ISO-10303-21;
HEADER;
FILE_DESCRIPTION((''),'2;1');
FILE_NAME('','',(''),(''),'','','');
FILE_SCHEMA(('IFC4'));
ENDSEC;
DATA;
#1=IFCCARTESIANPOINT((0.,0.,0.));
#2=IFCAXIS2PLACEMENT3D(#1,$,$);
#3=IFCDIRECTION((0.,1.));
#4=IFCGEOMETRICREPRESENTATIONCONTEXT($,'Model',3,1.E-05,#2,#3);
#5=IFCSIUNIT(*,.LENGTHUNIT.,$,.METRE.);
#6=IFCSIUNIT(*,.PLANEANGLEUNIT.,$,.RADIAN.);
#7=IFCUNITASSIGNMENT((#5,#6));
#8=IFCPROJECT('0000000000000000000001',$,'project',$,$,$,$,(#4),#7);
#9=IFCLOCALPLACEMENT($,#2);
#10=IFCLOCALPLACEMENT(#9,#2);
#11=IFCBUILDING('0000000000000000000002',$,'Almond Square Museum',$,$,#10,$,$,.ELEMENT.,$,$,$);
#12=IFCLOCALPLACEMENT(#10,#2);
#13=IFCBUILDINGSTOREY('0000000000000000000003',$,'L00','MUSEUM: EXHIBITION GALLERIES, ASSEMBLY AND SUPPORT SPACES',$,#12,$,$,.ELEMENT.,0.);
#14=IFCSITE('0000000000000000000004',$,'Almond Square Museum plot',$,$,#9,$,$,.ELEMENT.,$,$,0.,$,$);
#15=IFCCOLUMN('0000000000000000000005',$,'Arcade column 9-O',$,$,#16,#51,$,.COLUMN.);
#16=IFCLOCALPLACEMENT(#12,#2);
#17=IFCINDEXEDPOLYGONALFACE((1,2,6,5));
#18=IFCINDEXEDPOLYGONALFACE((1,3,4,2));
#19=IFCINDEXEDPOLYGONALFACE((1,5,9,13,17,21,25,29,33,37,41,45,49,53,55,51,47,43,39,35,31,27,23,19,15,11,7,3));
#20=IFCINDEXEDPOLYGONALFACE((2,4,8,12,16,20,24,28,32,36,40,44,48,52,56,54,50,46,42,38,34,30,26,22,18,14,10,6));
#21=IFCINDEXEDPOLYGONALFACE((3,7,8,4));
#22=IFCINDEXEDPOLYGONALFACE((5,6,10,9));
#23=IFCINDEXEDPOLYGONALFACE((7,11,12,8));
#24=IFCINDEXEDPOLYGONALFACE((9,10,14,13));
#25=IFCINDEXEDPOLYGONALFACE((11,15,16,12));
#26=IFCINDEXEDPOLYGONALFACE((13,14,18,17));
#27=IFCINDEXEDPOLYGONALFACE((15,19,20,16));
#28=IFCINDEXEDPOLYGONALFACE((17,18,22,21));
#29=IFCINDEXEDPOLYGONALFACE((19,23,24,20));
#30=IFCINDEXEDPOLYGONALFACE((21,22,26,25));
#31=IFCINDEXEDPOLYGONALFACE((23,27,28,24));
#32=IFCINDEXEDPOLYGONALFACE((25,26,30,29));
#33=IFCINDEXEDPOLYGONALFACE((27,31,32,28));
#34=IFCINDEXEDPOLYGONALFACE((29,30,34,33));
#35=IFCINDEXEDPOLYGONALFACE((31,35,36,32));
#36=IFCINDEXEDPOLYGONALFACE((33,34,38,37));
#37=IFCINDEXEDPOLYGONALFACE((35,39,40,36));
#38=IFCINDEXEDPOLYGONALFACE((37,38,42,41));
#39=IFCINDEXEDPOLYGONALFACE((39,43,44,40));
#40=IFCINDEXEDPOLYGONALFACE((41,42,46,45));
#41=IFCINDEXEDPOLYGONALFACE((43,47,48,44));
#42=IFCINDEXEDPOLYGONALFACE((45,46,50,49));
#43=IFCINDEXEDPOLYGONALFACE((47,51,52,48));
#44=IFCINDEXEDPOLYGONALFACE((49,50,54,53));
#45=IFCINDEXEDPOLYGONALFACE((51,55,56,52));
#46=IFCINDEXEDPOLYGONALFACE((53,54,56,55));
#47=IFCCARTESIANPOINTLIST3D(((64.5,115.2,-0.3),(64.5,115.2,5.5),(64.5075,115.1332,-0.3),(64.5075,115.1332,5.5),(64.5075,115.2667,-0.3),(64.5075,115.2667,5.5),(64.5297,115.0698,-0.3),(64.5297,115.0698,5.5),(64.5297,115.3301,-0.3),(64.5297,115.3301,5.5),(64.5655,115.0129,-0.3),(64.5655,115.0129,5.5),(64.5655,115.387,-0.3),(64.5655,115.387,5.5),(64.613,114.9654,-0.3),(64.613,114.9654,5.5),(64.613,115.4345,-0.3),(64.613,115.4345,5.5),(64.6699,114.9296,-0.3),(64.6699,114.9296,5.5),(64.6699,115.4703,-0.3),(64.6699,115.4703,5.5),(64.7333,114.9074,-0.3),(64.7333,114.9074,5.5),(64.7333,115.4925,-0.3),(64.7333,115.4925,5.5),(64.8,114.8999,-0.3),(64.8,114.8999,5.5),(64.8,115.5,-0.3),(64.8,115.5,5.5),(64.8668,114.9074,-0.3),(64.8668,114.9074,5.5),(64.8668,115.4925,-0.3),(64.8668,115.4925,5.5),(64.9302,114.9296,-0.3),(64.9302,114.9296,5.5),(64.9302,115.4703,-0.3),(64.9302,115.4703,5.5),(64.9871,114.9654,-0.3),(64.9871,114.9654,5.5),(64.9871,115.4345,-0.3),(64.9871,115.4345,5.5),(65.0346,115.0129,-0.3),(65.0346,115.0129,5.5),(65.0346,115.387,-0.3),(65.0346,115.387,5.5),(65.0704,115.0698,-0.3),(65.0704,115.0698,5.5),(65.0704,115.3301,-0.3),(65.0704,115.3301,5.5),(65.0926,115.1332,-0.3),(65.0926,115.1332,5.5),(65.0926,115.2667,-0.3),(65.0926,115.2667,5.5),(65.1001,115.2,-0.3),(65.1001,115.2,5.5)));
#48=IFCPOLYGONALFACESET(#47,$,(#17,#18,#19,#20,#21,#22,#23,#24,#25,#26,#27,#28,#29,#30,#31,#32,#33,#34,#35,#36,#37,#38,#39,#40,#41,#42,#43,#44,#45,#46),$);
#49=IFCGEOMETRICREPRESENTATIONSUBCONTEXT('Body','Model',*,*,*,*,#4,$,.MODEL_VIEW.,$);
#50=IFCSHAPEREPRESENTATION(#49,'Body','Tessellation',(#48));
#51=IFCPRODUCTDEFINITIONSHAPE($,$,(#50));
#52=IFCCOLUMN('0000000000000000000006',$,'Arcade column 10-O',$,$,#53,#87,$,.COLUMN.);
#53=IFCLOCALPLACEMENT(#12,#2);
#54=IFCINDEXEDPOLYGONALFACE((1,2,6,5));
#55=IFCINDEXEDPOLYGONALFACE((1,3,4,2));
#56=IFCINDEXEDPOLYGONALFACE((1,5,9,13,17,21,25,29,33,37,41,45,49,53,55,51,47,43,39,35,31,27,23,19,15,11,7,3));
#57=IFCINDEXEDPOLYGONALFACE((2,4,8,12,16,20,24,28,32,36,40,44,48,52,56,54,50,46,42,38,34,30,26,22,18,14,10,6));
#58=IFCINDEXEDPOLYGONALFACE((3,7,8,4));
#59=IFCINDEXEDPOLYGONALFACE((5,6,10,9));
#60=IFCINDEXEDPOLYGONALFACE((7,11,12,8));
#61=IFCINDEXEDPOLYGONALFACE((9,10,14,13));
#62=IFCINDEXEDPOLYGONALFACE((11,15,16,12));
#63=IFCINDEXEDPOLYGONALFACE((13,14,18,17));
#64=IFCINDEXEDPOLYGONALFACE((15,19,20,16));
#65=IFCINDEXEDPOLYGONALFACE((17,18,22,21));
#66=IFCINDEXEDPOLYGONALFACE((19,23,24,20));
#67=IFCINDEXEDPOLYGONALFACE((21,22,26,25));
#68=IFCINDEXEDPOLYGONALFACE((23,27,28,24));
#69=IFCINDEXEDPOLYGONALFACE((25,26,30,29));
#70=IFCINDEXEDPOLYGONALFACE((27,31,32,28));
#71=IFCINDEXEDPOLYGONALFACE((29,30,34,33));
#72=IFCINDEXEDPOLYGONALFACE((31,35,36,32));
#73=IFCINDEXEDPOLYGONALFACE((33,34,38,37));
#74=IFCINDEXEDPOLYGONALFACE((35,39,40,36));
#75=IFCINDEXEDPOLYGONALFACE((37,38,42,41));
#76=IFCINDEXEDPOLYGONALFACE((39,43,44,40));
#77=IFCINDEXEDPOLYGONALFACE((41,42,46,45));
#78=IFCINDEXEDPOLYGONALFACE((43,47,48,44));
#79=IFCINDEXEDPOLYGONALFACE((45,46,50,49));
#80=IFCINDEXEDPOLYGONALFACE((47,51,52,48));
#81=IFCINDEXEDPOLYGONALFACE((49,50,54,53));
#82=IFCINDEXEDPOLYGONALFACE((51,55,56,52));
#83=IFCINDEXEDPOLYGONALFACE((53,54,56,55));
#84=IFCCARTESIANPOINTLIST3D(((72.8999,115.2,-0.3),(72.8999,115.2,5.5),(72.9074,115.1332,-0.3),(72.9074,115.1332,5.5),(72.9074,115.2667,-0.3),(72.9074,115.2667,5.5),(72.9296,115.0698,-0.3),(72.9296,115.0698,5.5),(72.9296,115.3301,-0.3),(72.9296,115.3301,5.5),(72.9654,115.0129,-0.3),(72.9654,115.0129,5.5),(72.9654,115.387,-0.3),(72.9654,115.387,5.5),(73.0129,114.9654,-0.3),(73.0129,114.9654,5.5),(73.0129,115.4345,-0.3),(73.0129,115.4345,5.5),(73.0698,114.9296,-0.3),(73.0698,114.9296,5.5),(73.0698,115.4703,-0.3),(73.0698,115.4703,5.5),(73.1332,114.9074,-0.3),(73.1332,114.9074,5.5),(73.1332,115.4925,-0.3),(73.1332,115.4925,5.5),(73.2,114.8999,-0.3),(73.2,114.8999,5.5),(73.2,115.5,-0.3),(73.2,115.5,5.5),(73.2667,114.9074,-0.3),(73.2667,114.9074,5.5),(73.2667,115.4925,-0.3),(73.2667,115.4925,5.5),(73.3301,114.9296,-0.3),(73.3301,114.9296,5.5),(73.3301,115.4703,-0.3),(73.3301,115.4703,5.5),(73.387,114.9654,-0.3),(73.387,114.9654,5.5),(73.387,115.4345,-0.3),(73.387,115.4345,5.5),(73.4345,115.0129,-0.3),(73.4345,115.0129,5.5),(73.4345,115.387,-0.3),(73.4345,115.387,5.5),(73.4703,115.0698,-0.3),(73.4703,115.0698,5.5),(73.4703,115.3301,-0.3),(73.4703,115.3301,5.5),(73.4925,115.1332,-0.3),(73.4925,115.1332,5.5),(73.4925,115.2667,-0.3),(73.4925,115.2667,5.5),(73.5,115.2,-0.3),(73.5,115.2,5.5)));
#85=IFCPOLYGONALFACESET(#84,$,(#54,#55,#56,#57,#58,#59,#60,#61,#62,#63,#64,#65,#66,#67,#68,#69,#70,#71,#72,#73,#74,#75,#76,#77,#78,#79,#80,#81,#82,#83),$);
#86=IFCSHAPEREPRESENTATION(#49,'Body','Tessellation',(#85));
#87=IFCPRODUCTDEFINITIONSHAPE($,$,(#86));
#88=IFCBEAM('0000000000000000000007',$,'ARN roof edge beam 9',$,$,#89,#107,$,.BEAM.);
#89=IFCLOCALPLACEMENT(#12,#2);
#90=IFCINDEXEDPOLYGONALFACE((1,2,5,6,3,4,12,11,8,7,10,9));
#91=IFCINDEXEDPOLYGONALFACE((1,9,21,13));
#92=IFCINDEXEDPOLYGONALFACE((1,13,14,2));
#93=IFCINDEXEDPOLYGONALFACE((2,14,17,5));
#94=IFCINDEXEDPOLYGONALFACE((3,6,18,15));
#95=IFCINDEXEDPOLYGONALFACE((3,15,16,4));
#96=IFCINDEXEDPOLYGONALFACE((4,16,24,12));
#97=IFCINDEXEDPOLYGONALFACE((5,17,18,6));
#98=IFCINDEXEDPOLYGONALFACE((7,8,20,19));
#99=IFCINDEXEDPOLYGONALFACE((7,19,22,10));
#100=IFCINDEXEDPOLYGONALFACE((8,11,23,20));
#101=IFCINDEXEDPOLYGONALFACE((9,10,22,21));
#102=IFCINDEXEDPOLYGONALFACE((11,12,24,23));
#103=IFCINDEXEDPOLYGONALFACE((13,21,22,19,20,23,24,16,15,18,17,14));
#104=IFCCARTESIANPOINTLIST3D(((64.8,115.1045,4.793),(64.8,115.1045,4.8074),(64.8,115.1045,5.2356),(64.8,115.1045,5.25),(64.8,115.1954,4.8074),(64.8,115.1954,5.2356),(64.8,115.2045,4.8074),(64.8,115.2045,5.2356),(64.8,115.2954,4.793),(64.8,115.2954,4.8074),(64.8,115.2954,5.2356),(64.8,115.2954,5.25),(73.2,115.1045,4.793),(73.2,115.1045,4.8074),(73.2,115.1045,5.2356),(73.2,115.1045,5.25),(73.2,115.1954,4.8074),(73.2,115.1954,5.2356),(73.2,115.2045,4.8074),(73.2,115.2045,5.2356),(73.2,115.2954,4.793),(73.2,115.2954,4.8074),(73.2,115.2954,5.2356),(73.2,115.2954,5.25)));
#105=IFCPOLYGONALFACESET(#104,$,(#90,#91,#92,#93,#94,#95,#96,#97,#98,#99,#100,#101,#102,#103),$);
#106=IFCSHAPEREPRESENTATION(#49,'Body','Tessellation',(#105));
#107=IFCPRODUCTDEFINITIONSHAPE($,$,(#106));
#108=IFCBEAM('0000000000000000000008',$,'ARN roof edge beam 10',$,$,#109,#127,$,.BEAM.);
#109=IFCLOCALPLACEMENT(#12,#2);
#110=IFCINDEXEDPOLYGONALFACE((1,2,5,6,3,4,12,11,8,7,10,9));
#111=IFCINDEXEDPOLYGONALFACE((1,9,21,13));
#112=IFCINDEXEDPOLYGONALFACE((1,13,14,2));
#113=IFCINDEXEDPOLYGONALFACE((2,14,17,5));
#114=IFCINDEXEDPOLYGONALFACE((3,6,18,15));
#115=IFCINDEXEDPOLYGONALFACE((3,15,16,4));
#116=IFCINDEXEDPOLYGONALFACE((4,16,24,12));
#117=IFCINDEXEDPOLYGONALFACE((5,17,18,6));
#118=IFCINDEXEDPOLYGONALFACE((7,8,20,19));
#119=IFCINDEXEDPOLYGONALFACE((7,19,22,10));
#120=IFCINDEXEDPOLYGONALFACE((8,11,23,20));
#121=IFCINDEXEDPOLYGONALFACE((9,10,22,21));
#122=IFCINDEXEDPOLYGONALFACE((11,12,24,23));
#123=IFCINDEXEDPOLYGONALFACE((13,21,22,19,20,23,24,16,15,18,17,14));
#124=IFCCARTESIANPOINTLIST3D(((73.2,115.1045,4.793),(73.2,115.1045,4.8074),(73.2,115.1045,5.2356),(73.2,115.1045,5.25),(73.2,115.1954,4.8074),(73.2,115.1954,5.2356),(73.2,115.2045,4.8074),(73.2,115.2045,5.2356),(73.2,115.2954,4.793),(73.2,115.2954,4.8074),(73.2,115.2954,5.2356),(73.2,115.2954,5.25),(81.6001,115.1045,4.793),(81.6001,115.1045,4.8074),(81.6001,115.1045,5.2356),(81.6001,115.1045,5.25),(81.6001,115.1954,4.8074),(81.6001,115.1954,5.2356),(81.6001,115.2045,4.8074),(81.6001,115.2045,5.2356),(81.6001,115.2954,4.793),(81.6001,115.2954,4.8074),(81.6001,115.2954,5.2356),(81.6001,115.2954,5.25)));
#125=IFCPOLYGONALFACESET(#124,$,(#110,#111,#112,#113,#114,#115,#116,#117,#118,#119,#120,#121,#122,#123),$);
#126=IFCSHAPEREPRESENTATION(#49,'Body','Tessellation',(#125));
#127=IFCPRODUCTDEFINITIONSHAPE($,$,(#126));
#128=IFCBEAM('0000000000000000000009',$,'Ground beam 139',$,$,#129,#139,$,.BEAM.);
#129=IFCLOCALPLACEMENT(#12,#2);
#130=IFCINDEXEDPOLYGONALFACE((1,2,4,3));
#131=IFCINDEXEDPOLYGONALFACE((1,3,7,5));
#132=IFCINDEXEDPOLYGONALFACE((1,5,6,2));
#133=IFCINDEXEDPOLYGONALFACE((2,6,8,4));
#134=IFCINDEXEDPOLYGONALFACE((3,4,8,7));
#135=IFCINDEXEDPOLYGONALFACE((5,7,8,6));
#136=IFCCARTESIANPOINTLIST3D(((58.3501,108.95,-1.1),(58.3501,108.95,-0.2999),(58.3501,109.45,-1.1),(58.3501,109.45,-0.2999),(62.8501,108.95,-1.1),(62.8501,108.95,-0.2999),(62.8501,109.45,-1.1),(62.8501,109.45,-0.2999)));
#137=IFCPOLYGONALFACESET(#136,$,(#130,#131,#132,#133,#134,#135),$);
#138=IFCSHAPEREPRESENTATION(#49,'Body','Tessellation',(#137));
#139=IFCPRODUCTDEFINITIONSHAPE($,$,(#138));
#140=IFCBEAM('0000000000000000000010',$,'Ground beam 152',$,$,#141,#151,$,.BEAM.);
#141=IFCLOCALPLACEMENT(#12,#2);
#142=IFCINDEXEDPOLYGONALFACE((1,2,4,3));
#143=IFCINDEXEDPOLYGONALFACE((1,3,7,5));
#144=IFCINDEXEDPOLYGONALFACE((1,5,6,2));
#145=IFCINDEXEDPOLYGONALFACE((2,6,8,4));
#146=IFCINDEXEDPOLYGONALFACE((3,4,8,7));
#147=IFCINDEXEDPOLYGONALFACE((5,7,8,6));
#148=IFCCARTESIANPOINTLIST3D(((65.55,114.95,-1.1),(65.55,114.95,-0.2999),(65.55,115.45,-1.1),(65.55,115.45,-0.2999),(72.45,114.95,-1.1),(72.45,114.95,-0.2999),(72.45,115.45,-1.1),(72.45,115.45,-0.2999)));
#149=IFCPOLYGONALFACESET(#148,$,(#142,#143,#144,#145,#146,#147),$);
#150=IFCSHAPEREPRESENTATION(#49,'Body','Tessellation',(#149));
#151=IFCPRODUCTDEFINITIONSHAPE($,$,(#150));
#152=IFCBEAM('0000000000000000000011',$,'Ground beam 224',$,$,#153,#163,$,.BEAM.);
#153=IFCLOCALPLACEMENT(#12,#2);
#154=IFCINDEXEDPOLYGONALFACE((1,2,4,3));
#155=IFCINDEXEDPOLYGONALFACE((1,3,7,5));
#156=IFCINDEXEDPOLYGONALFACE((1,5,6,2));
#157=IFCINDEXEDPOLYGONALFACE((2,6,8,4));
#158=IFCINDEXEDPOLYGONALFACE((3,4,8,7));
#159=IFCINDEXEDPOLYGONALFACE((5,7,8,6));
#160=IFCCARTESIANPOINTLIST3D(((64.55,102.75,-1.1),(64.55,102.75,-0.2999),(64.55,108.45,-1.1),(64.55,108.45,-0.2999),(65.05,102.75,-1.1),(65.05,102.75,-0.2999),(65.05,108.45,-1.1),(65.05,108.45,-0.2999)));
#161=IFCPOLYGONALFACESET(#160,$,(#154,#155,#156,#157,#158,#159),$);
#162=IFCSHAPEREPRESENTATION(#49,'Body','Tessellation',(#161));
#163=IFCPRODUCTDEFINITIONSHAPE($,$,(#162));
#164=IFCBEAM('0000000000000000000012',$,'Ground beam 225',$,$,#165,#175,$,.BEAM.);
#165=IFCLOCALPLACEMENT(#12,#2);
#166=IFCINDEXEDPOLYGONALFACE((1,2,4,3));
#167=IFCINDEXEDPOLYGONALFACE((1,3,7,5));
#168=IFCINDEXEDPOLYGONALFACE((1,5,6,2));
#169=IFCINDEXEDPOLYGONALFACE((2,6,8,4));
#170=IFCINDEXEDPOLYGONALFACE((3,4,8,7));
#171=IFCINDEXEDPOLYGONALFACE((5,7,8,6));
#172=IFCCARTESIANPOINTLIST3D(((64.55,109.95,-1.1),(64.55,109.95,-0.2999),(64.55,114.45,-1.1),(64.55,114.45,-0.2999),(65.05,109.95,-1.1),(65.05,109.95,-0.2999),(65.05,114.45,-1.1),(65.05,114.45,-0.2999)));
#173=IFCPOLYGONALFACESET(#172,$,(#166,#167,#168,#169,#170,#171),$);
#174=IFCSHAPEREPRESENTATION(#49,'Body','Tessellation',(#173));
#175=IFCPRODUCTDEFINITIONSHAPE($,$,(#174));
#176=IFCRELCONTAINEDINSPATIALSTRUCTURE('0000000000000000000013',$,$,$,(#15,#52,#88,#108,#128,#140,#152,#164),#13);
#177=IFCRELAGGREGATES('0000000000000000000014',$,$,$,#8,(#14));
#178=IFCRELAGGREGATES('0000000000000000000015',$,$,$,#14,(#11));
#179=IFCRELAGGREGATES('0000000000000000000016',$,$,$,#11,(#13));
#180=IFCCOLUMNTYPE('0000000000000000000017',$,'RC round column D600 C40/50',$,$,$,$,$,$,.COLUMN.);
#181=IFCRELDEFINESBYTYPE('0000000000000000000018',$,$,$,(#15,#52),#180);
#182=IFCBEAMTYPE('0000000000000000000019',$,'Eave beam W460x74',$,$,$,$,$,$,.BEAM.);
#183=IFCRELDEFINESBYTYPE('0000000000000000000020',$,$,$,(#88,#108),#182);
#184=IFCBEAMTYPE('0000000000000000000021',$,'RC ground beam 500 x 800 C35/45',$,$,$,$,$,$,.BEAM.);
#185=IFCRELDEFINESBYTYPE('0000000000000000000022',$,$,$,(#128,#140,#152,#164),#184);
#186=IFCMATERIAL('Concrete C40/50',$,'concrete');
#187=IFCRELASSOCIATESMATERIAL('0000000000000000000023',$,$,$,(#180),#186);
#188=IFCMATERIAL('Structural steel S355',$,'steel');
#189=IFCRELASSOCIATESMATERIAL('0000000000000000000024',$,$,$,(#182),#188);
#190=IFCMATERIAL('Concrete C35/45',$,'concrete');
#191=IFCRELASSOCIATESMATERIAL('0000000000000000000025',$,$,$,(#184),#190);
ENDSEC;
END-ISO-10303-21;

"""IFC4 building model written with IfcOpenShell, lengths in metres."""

from ifc_helpers import new_model, si_unit, direction, frame, origin, origin_2d, place, context, subcontext, project, spatial, rectangle, circle, i_section, extrude, material, material_profile, profile_set, type_object, element, save


model = new_model("IFC4")

# Units and contexts
model_context = context("Model", 3, precision=1e-05, world=origin(), true_north=direction((0.0, 1.0)))
body_context = subcontext(model_context, "Body", "Model", "MODEL_VIEW")
ifc_project = project(units=[si_unit("LENGTHUNIT", "METRE"), si_unit("PLANEANGLEUNIT", "RADIAN")], contexts=[model_context])

# Site, building, storey
site_placement = place(None, origin())
site = spatial("IfcSite", under=ifc_project, at=site_placement, Name="Almond Square Museum plot", CompositionType="ELEMENT", RefElevation=0.0)
building_placement = place(site_placement, origin())
building = spatial("IfcBuilding", under=site, at=building_placement, Name="Almond Square Museum", CompositionType="ELEMENT")
storey_placement = place(building_placement, origin())
storey = spatial("IfcBuildingStorey", under=building, at=storey_placement, Name="L00", Description="MUSEUM: EXHIBITION GALLERIES, ASSEMBLY AND SUPPORT SPACES", CompositionType="ELEMENT", Elevation=0.0)

# Columns
ifc_material_1 = material(Name="Concrete C40/50", Category="concrete")
ifc_material_profile_1 = material_profile(ifc_material_1, circle(Radius=0.3, at=origin_2d()))
ifc_profile_set_1 = profile_set([ifc_material_profile_1], Name="Concrete C40/50")
column_type_1 = type_object("IfcColumnType", Name="RC round column D600 C40/50", PredefinedType="COLUMN", material=ifc_profile_set_1)
for number, where, z_axis, x_axis, name in (
    (1, (64.8, 115.2, -0.3), (0.0, 0.0, 1.0), (1.0, 0.0, 0.0), "Arcade column 9-O"),
    (2, (73.2, 115.2, -0.3), (0.0, 0.0, 1.0), (1.0, 0.0, 0.0), "Arcade column 10-O"),
):
    element("IfcColumn", number, at=place(storey_placement, frame(where, z_axis=z_axis, x_axis=x_axis)), inside=storey, type_object=column_type_1, Name=name, PredefinedType="COLUMN", context=body_context, shape_type="SweptSolid", body=[
        extrude(circle(Radius=0.3, at=origin_2d()), origin(), (0.0, 0.0, 1.0), 5.8),
    ])

# Beams
ifc_material_2 = material(Name="Structural steel S355", Category="steel")
ifc_material_profile_2 = material_profile(ifc_material_2, i_section(OverallWidth=0.1909, OverallDepth=0.457, WebThickness=0.009, FlangeThickness=0.0144, at=origin_2d()))
ifc_profile_set_2 = profile_set([ifc_material_profile_2], Name="Structural steel S355")
beam_type_1 = type_object("IfcBeamType", Name="Eave beam W460x74", PredefinedType="BEAM", material=ifc_profile_set_2)
beam_1_placement = place(storey_placement, frame((64.8, 115.2, 5.0215), z_axis=(1.0, 0.0, 0.0), x_axis=(0.0, 1.0, 0.0)))
element("IfcBeam", 3, at=beam_1_placement, inside=storey, type_object=beam_type_1, Name="ARN roof edge beam 9", PredefinedType="BEAM", context=body_context, shape_type="SweptSolid", body=[
    extrude(i_section(OverallWidth=0.1909, OverallDepth=0.457, WebThickness=0.009, FlangeThickness=0.0144, at=origin_2d()), origin(), (0.0, 0.0, 1.0), 8.3999),
])
beam_2_placement = place(storey_placement, frame((73.2, 115.2, 5.0215), z_axis=(1.0, 0.0, 0.0), x_axis=(0.0, 1.0, 0.0)))
element("IfcBeam", 4, at=beam_2_placement, inside=storey, type_object=beam_type_1, Name="ARN roof edge beam 10", PredefinedType="BEAM", context=body_context, shape_type="SweptSolid", body=[
    extrude(i_section(OverallWidth=0.1909, OverallDepth=0.457, WebThickness=0.009, FlangeThickness=0.0144, at=origin_2d()), origin(), (0.0, 0.0, 1.0), 8.4001),
])
ifc_material_3 = material(Name="Concrete C35/45", Category="concrete")
ifc_material_profile_3 = material_profile(ifc_material_3, rectangle(XDim=0.5, YDim=0.8, at=origin_2d()))
ifc_profile_set_3 = profile_set([ifc_material_profile_3], Name="Concrete C35/45")
beam_type_2 = type_object("IfcBeamType", Name="RC ground beam 500 x 800 C35/45", PredefinedType="BEAM", material=ifc_profile_set_3)
beam_3_placement = place(storey_placement, frame((58.3501, 109.2, -0.7), z_axis=(1.0, 0.0, 0.0), x_axis=(0.0, 1.0, 0.0)))
element("IfcBeam", 5, at=beam_3_placement, inside=storey, type_object=beam_type_2, Name="Ground beam 139", PredefinedType="BEAM", context=body_context, shape_type="SweptSolid", body=[
    extrude(rectangle(XDim=0.5, YDim=0.8, at=origin_2d()), origin(), (0.0, 0.0, 1.0), 4.5),
])
beam_4_placement = place(storey_placement, frame((65.55, 115.2, -0.7), z_axis=(1.0, 0.0, 0.0), x_axis=(0.0, 1.0, 0.0)))
element("IfcBeam", 6, at=beam_4_placement, inside=storey, type_object=beam_type_2, Name="Ground beam 152", PredefinedType="BEAM", context=body_context, shape_type="SweptSolid", body=[
    extrude(rectangle(XDim=0.5, YDim=0.8, at=origin_2d()), origin(), (0.0, 0.0, 1.0), 6.8999),
])
beam_5_placement = place(storey_placement, frame((64.8, 102.75, -0.7), z_axis=(0.0, 1.0, 0.0), x_axis=(-1.0, 0.0, 0.0)))
element("IfcBeam", 7, at=beam_5_placement, inside=storey, type_object=beam_type_2, Name="Ground beam 224", PredefinedType="BEAM", context=body_context, shape_type="SweptSolid", body=[
    extrude(rectangle(XDim=0.5, YDim=0.8, at=origin_2d()), origin(), (0.0, 0.0, 1.0), 5.7),
])
beam_6_placement = place(storey_placement, frame((64.8, 109.95, -0.7), z_axis=(0.0, 1.0, 0.0), x_axis=(-1.0, 0.0, 0.0)))
element("IfcBeam", 8, at=beam_6_placement, inside=storey, type_object=beam_type_2, Name="Ground beam 225", PredefinedType="BEAM", context=body_context, shape_type="SweptSolid", body=[
    extrude(rectangle(XDim=0.5, YDim=0.8, at=origin_2d()), origin(), (0.0, 0.0, 1.0), 4.5),
])

save(model, "model.ifc")
